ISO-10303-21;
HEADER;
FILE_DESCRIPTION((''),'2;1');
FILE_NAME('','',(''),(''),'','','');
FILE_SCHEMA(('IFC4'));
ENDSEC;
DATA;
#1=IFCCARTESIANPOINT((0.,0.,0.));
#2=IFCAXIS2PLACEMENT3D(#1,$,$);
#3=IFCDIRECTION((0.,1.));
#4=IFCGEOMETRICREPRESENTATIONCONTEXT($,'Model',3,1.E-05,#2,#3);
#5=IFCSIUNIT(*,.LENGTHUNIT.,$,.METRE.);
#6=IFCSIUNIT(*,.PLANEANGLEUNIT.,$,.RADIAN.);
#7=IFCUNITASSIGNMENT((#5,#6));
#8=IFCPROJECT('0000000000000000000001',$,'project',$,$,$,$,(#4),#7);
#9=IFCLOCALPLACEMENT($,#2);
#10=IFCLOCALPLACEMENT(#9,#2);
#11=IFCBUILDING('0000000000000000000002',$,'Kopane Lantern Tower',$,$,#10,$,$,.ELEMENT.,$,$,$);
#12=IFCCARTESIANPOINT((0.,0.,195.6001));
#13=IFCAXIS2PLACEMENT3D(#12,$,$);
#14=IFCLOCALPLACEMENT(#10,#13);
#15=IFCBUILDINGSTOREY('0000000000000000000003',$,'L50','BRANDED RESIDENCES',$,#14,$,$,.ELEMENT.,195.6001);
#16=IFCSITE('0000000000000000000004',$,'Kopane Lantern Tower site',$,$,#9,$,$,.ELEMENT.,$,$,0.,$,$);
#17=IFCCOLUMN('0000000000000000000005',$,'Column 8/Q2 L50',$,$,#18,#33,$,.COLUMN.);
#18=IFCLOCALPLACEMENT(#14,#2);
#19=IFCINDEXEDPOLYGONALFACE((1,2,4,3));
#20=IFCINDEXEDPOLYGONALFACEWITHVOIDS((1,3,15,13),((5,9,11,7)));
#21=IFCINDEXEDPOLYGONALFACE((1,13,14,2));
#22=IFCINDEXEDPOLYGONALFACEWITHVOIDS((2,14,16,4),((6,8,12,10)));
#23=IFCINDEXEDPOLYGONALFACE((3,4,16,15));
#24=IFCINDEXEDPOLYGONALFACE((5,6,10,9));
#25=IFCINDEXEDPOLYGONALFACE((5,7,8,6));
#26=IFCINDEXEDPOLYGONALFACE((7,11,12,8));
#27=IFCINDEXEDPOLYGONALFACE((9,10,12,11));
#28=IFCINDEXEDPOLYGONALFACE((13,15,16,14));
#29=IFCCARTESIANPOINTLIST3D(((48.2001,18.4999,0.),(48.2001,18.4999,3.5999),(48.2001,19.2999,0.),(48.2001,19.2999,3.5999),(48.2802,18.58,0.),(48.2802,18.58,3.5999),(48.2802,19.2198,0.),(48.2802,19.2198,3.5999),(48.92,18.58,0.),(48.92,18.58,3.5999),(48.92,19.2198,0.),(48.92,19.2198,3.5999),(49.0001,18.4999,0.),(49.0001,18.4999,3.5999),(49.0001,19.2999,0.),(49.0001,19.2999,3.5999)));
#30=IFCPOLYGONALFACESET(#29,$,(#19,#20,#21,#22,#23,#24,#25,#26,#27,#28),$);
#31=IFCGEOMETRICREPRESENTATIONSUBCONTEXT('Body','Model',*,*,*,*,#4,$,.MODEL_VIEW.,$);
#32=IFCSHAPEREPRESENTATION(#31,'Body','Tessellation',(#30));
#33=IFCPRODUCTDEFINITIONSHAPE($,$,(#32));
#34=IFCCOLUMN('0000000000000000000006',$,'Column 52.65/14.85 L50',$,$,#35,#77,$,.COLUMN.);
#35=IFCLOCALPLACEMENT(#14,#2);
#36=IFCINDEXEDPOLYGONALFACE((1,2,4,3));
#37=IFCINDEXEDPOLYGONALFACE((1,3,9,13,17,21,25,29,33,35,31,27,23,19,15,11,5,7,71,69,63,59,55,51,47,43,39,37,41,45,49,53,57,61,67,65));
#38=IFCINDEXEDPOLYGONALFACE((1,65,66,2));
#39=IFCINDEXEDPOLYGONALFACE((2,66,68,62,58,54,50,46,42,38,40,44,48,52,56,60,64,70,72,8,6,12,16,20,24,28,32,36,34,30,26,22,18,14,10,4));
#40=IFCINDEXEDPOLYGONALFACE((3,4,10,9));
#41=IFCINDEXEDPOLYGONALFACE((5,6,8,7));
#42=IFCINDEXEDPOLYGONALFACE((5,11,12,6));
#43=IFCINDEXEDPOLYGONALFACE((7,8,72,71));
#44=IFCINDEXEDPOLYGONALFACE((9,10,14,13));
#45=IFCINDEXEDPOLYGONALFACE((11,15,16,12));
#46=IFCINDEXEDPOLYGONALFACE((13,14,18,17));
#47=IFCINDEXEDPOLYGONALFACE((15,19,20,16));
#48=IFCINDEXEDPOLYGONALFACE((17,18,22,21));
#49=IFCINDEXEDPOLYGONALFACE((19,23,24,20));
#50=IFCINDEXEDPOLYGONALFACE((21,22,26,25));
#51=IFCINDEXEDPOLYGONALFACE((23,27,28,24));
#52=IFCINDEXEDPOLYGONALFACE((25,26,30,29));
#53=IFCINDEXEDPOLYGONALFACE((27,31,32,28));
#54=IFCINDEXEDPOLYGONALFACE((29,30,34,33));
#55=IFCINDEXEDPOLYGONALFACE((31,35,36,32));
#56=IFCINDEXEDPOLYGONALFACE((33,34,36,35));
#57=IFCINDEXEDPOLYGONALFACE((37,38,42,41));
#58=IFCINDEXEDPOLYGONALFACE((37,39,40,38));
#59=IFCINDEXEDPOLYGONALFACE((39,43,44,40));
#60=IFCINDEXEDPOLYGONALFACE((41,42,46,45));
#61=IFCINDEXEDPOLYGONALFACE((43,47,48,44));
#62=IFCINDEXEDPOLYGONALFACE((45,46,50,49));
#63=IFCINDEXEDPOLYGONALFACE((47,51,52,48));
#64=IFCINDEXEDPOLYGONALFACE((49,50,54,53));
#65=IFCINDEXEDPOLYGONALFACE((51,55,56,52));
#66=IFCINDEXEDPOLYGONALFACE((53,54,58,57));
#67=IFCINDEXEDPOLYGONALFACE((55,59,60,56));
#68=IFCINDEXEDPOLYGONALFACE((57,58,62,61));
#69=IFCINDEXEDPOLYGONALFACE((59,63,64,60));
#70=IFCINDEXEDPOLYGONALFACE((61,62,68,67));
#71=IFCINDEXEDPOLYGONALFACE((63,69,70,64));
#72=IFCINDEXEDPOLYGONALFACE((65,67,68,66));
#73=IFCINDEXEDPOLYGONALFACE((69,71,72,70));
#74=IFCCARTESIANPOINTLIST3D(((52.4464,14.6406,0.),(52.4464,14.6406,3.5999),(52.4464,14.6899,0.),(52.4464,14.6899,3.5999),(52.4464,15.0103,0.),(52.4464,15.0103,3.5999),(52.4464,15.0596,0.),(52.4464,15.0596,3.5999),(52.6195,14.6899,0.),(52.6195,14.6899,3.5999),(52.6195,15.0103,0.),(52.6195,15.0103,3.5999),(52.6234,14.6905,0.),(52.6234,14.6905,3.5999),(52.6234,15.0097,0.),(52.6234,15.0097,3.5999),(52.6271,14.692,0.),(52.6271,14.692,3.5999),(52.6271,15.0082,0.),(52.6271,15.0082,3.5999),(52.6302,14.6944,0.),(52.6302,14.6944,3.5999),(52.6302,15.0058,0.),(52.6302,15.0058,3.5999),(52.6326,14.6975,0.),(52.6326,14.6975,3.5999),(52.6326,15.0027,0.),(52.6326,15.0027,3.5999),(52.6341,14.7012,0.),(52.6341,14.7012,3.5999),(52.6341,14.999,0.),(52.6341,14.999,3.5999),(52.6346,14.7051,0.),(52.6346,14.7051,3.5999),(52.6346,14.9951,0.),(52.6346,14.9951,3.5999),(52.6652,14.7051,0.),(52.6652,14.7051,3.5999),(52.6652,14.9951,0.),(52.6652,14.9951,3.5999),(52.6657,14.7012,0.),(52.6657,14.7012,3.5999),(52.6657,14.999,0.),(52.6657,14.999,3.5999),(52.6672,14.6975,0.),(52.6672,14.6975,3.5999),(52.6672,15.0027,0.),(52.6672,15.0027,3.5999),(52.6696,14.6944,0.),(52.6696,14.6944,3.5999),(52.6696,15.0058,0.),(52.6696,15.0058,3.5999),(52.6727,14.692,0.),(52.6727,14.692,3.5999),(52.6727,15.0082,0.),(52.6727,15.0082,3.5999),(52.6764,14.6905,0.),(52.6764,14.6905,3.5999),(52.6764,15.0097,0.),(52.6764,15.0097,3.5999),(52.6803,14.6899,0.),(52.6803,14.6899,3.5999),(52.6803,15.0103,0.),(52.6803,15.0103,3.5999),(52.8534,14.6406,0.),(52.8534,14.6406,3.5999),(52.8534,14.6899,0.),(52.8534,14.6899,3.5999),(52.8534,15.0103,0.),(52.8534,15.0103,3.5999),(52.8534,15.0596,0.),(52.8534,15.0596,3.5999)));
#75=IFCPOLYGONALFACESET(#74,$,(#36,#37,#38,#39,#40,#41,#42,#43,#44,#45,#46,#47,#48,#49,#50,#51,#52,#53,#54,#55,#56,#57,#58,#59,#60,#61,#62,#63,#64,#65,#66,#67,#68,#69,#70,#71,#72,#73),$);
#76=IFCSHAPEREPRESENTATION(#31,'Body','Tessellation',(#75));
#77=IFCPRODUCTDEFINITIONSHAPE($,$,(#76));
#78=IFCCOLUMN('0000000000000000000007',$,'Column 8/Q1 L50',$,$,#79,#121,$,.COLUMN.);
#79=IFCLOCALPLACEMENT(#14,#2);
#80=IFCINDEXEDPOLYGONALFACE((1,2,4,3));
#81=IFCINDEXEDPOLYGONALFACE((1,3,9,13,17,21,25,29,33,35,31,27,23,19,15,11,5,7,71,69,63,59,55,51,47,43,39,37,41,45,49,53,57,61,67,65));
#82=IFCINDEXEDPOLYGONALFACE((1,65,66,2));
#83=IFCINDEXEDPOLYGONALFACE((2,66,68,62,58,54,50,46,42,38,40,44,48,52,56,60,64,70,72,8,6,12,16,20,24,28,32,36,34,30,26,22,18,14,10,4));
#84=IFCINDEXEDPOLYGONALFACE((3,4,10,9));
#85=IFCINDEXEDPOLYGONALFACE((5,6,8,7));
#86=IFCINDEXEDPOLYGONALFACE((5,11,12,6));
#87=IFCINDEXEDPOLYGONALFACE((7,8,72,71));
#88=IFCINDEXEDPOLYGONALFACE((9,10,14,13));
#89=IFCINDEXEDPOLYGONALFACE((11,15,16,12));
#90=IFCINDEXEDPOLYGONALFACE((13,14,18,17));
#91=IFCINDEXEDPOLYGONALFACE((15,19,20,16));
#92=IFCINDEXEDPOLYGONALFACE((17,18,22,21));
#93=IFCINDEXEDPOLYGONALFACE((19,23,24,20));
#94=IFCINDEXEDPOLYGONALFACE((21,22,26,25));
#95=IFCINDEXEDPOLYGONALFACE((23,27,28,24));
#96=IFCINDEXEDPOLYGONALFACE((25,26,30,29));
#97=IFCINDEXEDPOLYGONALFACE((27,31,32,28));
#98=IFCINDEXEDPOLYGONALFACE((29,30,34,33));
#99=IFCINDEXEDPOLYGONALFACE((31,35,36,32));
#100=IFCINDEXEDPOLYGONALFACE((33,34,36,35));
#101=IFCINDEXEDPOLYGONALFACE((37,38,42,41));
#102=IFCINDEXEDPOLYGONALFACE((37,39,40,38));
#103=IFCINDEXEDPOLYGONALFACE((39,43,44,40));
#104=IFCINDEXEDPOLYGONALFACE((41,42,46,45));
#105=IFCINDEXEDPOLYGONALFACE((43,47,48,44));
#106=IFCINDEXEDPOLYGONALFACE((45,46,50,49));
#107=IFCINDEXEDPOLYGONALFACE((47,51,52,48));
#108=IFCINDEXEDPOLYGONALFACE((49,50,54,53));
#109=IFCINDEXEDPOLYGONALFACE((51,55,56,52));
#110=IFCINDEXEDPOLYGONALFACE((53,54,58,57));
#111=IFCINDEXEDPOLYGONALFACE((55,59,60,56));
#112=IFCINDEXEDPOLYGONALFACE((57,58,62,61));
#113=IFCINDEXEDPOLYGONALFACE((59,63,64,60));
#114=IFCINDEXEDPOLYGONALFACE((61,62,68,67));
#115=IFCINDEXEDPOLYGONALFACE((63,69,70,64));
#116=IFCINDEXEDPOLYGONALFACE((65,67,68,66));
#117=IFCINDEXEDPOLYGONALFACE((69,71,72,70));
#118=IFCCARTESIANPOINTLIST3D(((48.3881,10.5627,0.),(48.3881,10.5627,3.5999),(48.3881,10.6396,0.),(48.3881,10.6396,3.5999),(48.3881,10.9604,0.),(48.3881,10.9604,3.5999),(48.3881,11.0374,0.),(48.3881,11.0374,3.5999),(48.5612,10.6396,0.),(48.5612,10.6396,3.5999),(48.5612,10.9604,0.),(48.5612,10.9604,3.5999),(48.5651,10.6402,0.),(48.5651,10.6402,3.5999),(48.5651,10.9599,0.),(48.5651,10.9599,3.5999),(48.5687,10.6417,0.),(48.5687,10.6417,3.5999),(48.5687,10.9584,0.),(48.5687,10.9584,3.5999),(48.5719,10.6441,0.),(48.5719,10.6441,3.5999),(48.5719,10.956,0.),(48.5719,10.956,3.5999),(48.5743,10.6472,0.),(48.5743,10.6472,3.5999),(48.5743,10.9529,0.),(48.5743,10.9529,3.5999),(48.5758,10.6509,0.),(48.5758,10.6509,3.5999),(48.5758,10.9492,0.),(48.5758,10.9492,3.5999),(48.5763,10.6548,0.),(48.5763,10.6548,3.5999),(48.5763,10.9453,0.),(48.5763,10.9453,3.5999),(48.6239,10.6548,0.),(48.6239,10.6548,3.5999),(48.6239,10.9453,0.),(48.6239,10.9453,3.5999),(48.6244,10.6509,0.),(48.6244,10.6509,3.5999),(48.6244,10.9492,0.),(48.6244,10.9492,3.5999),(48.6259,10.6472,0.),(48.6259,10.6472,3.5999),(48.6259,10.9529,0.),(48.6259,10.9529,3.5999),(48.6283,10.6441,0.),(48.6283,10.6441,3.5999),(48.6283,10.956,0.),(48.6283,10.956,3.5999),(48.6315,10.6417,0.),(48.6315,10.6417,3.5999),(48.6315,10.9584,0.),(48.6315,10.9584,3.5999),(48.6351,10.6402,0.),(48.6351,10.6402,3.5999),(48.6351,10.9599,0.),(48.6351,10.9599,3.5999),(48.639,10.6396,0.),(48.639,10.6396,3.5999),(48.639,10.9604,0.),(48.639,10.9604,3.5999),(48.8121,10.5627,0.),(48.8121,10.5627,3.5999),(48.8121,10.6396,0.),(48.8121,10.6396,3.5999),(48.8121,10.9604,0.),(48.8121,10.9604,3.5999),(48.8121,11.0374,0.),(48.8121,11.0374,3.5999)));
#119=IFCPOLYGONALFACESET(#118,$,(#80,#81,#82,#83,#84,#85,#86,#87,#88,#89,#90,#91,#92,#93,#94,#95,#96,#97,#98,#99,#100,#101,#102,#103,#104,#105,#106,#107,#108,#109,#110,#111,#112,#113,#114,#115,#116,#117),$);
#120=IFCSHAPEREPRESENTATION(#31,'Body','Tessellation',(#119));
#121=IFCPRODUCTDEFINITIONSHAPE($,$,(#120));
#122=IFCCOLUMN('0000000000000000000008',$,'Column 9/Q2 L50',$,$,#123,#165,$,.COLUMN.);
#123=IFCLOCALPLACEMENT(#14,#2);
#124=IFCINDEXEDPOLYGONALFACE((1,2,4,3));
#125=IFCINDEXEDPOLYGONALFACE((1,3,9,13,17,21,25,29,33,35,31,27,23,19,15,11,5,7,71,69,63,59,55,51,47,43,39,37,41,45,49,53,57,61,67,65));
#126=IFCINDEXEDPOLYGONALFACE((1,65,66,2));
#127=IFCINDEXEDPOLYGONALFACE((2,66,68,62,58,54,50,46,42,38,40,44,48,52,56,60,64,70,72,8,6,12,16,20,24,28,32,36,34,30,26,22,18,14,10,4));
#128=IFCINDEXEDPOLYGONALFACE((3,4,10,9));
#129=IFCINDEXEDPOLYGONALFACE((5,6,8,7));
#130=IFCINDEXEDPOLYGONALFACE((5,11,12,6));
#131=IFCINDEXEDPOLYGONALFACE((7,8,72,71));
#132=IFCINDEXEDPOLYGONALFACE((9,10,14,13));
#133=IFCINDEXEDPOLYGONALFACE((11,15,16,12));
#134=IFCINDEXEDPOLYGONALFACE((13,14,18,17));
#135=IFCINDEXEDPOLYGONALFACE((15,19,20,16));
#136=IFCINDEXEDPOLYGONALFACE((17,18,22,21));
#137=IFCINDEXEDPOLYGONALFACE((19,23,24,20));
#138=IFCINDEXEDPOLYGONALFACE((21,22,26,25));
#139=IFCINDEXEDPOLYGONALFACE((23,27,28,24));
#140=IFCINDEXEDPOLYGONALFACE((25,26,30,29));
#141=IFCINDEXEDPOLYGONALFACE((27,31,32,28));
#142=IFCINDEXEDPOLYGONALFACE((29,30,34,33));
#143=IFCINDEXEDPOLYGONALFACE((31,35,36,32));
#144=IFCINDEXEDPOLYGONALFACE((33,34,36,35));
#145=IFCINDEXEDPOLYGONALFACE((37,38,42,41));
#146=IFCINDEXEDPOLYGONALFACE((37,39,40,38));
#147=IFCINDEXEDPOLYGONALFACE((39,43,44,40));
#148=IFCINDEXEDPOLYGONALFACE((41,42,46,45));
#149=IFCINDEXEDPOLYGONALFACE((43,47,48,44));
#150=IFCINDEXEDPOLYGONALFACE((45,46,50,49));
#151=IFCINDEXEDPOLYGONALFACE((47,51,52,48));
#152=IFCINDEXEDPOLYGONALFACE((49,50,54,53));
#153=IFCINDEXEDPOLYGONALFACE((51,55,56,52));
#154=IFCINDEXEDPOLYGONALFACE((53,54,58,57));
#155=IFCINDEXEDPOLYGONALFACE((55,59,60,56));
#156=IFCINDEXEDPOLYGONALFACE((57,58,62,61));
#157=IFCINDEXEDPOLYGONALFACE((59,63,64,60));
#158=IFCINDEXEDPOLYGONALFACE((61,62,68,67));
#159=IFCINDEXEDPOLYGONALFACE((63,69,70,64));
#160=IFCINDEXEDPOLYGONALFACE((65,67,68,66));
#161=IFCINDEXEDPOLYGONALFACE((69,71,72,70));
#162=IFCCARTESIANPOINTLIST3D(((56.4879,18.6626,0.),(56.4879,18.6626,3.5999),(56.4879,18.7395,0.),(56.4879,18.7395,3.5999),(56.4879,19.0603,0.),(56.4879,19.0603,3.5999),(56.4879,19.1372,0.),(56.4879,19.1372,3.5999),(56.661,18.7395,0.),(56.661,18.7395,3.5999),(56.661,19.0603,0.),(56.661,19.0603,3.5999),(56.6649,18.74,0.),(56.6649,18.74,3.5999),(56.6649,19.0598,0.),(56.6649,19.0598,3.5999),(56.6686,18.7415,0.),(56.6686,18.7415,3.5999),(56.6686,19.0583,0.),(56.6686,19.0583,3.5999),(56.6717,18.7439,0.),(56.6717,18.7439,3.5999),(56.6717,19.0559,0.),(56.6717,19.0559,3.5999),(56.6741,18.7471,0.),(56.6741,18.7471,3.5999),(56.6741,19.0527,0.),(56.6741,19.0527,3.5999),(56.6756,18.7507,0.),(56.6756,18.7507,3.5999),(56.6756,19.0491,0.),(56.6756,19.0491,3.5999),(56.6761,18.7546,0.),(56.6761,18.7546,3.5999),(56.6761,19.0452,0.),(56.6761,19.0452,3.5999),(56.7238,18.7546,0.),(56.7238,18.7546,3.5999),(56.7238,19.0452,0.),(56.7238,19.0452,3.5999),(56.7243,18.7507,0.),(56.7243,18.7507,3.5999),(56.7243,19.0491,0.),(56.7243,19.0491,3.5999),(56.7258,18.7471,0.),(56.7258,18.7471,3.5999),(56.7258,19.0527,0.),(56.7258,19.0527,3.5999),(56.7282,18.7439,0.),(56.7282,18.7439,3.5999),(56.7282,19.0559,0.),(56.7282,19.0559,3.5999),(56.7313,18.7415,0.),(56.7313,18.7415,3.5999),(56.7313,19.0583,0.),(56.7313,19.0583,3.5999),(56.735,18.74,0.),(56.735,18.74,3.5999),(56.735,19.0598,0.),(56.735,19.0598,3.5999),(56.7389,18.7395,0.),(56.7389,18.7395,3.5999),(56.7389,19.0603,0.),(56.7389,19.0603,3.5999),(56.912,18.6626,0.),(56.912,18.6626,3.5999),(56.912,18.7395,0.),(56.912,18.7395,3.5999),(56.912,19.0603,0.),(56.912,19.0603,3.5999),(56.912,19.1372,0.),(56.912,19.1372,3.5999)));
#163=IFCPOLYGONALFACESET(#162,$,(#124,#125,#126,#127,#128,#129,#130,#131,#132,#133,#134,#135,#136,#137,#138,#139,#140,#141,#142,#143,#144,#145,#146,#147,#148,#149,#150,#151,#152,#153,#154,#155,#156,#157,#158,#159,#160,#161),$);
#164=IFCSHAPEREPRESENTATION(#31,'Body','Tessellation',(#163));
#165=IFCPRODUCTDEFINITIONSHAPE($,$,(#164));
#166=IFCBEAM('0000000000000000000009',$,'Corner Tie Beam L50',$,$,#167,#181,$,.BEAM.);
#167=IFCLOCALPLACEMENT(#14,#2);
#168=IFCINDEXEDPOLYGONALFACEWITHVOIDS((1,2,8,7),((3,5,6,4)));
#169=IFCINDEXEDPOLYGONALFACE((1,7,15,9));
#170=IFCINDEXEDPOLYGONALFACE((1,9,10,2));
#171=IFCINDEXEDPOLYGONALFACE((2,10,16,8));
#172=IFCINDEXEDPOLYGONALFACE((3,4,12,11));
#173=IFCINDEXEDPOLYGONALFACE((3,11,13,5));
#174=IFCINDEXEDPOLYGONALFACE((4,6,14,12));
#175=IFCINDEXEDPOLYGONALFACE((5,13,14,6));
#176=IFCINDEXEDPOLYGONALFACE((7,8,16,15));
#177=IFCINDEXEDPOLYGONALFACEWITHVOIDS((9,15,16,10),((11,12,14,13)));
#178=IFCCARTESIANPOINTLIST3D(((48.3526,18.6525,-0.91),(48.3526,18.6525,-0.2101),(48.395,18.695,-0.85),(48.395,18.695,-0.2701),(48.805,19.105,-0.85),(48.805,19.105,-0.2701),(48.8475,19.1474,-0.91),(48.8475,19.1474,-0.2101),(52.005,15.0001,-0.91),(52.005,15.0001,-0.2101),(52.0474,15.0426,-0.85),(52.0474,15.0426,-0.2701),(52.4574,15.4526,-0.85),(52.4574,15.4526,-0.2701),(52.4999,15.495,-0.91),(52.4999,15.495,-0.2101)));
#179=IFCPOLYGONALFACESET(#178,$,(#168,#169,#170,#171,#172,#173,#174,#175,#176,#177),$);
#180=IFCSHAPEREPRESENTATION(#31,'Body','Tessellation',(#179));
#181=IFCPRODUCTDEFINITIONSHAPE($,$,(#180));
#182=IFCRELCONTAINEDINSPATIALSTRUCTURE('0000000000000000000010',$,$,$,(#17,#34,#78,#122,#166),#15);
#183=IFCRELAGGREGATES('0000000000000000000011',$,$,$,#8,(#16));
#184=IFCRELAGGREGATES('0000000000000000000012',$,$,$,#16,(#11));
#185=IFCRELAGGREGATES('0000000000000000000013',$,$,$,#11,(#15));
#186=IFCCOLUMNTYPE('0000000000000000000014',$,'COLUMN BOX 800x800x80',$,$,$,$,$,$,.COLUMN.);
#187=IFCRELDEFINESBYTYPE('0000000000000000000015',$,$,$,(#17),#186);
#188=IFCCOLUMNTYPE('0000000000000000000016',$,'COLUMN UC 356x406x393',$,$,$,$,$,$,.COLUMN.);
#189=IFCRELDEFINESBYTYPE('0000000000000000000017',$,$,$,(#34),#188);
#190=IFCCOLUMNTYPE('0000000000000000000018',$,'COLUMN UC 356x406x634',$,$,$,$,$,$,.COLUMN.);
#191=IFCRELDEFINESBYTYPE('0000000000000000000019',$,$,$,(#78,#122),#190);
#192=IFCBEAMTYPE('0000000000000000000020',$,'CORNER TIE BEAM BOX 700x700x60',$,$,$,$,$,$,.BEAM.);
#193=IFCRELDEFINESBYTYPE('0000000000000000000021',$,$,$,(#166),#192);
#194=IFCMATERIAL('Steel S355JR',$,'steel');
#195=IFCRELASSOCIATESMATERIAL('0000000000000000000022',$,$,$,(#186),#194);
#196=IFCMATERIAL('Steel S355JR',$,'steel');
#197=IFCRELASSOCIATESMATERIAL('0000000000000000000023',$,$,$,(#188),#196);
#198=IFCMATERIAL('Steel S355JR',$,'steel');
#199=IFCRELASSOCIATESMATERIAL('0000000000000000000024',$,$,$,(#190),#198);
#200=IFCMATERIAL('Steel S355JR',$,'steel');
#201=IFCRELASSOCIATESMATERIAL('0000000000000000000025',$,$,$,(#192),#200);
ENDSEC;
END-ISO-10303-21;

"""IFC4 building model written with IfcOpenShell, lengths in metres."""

from ifc_helpers import new_model, si_unit, direction, frame, origin, origin_2d, place, context, subcontext, project, spatial, hollow_rectangle, i_section, extrude, material, material_profile, profile_set, type_object, element, save


model = new_model("IFC4")

# Units and contexts
model_context = context("Model", 3, precision=1e-05, world=origin(), true_north=direction((0.0, 1.0)))
body_context = subcontext(model_context, "Body", "Model", "MODEL_VIEW")
ifc_project = project(units=[si_unit("LENGTHUNIT", "METRE"), si_unit("PLANEANGLEUNIT", "RADIAN")], contexts=[model_context])

# Site, building, storey
site_placement = place(None, origin())
site = spatial("IfcSite", under=ifc_project, at=site_placement, Name="Kopane Lantern Tower site", CompositionType="ELEMENT", RefElevation=0.0)
building_placement = place(site_placement, origin())
building = spatial("IfcBuilding", under=site, at=building_placement, Name="Kopane Lantern Tower", CompositionType="ELEMENT")
storey_placement = place(building_placement, frame((0.0, 0.0, 195.6001)))
storey = spatial("IfcBuildingStorey", under=building, at=storey_placement, Name="L50", Description="BRANDED RESIDENCES", CompositionType="ELEMENT", Elevation=195.6001)

# Columns
ifc_material_1 = material(Name="Steel S355JR", Category="steel")
ifc_material_profile_1 = material_profile(ifc_material_1, hollow_rectangle(XDim=0.8, YDim=0.8, WallThickness=0.0801, at=origin_2d()), Name="BOX 800x800x80")
ifc_profile_set_1 = profile_set([ifc_material_profile_1], Name="Steel S355JR")
column_type_1 = type_object("IfcColumnType", Name="COLUMN BOX 800x800x80", PredefinedType="COLUMN", material=ifc_profile_set_1)
column_1_placement = place(storey_placement, frame((48.6001, 18.8999, 0.0), z_axis=(0.0, 0.0, 1.0), x_axis=(1.0, 0.0, 0.0)))
element("IfcColumn", 1, at=column_1_placement, inside=storey, type_object=column_type_1, Name="Column 8/Q2 L50", PredefinedType="COLUMN", context=body_context, shape_type="SweptSolid", body=[
    extrude(hollow_rectangle(XDim=0.8, YDim=0.8, WallThickness=0.0801, at=origin_2d()), origin(), (0.0, 0.0, 1.0), 3.5999),
])
ifc_material_2 = material(Name="Steel S355JR", Category="steel")
ifc_material_profile_2 = material_profile(ifc_material_2, i_section(OverallWidth=0.407, OverallDepth=0.4189, WebThickness=0.0305, FlangeThickness=0.0493, FilletRadius=0.0151, at=origin_2d()), Name="UC 356x406x393")
ifc_profile_set_2 = profile_set([ifc_material_profile_2], Name="Steel S355JR")
column_type_2 = type_object("IfcColumnType", Name="COLUMN UC 356x406x393", PredefinedType="COLUMN", material=ifc_profile_set_2)
column_2_placement = place(storey_placement, frame((52.6499, 14.8501, 0.0), z_axis=(0.0, 0.0, 1.0), x_axis=(1.0, 0.0, 0.0)))
element("IfcColumn", 2, at=column_2_placement, inside=storey, type_object=column_type_2, Name="Column 52.65/14.85 L50", PredefinedType="COLUMN", context=body_context, shape_type="SweptSolid", body=[
    extrude(i_section(OverallWidth=0.407, OverallDepth=0.4189, WebThickness=0.0305, FlangeThickness=0.0493, FilletRadius=0.0151, at=origin_2d()), origin(), (0.0, 0.0, 1.0), 3.5999),
])
ifc_material_3 = material(Name="Steel S355JR", Category="steel")
ifc_material_profile_3 = material_profile(ifc_material_3, i_section(OverallWidth=0.4241, OverallDepth=0.4746, WebThickness=0.0476, FlangeThickness=0.0769, FilletRadius=0.0151, at=origin_2d()), Name="UC 356x406x634")
ifc_profile_set_3 = profile_set([ifc_material_profile_3], Name="Steel S355JR")
column_type_3 = type_object("IfcColumnType", Name="COLUMN UC 356x406x634", PredefinedType="COLUMN", material=ifc_profile_set_3)
for number, where, z_axis, x_axis, name in (
    (3, (48.6001, 10.8, 0.0), (0.0, 0.0, 1.0), (1.0, 0.0, 0.0), "Column 8/Q1 L50"),
    (4, (56.7, 18.8999, 0.0), (0.0, 0.0, 1.0), (1.0, 0.0, 0.0), "Column 9/Q2 L50"),
):
    element("IfcColumn", number, at=place(storey_placement, frame(where, z_axis=z_axis, x_axis=x_axis)), inside=storey, type_object=column_type_3, Name=name, PredefinedType="COLUMN", context=body_context, shape_type="SweptSolid", body=[
        extrude(i_section(OverallWidth=0.4241, OverallDepth=0.4746, WebThickness=0.0476, FlangeThickness=0.0769, FilletRadius=0.0151, at=origin_2d()), origin(), (0.0, 0.0, 1.0), 3.5999),
    ])

# Beam
ifc_material_4 = material(Name="Steel S355JR", Category="steel")
ifc_material_profile_4 = material_profile(ifc_material_4, hollow_rectangle(XDim=0.7, YDim=0.7, WallThickness=0.0601, at=origin_2d()), Name="BOX 700x700x60")
ifc_profile_set_4 = profile_set([ifc_material_profile_4], Name="Steel S355JR")
beam_type_1 = type_object("IfcBeamType", Name="CORNER TIE BEAM BOX 700x700x60", PredefinedType="BEAM", material=ifc_profile_set_4)
beam_1_placement = place(storey_placement, frame((52.2524, 15.2476, -0.5601), z_axis=(-0.707107, 0.707107, 0.0), x_axis=(-0.707107, -0.707107, 0.0)))
element("IfcBeam", 5, at=beam_1_placement, inside=storey, type_object=beam_type_1, Name="Corner Tie Beam L50", PredefinedType="BEAM", context=body_context, shape_type="SweptSolid", body=[
    extrude(hollow_rectangle(XDim=0.7, YDim=0.7, WallThickness=0.0601, at=origin_2d()), origin(), (0.0, 0.0, 1.0), 5.1653),
])

save(model, "model.ifc")
